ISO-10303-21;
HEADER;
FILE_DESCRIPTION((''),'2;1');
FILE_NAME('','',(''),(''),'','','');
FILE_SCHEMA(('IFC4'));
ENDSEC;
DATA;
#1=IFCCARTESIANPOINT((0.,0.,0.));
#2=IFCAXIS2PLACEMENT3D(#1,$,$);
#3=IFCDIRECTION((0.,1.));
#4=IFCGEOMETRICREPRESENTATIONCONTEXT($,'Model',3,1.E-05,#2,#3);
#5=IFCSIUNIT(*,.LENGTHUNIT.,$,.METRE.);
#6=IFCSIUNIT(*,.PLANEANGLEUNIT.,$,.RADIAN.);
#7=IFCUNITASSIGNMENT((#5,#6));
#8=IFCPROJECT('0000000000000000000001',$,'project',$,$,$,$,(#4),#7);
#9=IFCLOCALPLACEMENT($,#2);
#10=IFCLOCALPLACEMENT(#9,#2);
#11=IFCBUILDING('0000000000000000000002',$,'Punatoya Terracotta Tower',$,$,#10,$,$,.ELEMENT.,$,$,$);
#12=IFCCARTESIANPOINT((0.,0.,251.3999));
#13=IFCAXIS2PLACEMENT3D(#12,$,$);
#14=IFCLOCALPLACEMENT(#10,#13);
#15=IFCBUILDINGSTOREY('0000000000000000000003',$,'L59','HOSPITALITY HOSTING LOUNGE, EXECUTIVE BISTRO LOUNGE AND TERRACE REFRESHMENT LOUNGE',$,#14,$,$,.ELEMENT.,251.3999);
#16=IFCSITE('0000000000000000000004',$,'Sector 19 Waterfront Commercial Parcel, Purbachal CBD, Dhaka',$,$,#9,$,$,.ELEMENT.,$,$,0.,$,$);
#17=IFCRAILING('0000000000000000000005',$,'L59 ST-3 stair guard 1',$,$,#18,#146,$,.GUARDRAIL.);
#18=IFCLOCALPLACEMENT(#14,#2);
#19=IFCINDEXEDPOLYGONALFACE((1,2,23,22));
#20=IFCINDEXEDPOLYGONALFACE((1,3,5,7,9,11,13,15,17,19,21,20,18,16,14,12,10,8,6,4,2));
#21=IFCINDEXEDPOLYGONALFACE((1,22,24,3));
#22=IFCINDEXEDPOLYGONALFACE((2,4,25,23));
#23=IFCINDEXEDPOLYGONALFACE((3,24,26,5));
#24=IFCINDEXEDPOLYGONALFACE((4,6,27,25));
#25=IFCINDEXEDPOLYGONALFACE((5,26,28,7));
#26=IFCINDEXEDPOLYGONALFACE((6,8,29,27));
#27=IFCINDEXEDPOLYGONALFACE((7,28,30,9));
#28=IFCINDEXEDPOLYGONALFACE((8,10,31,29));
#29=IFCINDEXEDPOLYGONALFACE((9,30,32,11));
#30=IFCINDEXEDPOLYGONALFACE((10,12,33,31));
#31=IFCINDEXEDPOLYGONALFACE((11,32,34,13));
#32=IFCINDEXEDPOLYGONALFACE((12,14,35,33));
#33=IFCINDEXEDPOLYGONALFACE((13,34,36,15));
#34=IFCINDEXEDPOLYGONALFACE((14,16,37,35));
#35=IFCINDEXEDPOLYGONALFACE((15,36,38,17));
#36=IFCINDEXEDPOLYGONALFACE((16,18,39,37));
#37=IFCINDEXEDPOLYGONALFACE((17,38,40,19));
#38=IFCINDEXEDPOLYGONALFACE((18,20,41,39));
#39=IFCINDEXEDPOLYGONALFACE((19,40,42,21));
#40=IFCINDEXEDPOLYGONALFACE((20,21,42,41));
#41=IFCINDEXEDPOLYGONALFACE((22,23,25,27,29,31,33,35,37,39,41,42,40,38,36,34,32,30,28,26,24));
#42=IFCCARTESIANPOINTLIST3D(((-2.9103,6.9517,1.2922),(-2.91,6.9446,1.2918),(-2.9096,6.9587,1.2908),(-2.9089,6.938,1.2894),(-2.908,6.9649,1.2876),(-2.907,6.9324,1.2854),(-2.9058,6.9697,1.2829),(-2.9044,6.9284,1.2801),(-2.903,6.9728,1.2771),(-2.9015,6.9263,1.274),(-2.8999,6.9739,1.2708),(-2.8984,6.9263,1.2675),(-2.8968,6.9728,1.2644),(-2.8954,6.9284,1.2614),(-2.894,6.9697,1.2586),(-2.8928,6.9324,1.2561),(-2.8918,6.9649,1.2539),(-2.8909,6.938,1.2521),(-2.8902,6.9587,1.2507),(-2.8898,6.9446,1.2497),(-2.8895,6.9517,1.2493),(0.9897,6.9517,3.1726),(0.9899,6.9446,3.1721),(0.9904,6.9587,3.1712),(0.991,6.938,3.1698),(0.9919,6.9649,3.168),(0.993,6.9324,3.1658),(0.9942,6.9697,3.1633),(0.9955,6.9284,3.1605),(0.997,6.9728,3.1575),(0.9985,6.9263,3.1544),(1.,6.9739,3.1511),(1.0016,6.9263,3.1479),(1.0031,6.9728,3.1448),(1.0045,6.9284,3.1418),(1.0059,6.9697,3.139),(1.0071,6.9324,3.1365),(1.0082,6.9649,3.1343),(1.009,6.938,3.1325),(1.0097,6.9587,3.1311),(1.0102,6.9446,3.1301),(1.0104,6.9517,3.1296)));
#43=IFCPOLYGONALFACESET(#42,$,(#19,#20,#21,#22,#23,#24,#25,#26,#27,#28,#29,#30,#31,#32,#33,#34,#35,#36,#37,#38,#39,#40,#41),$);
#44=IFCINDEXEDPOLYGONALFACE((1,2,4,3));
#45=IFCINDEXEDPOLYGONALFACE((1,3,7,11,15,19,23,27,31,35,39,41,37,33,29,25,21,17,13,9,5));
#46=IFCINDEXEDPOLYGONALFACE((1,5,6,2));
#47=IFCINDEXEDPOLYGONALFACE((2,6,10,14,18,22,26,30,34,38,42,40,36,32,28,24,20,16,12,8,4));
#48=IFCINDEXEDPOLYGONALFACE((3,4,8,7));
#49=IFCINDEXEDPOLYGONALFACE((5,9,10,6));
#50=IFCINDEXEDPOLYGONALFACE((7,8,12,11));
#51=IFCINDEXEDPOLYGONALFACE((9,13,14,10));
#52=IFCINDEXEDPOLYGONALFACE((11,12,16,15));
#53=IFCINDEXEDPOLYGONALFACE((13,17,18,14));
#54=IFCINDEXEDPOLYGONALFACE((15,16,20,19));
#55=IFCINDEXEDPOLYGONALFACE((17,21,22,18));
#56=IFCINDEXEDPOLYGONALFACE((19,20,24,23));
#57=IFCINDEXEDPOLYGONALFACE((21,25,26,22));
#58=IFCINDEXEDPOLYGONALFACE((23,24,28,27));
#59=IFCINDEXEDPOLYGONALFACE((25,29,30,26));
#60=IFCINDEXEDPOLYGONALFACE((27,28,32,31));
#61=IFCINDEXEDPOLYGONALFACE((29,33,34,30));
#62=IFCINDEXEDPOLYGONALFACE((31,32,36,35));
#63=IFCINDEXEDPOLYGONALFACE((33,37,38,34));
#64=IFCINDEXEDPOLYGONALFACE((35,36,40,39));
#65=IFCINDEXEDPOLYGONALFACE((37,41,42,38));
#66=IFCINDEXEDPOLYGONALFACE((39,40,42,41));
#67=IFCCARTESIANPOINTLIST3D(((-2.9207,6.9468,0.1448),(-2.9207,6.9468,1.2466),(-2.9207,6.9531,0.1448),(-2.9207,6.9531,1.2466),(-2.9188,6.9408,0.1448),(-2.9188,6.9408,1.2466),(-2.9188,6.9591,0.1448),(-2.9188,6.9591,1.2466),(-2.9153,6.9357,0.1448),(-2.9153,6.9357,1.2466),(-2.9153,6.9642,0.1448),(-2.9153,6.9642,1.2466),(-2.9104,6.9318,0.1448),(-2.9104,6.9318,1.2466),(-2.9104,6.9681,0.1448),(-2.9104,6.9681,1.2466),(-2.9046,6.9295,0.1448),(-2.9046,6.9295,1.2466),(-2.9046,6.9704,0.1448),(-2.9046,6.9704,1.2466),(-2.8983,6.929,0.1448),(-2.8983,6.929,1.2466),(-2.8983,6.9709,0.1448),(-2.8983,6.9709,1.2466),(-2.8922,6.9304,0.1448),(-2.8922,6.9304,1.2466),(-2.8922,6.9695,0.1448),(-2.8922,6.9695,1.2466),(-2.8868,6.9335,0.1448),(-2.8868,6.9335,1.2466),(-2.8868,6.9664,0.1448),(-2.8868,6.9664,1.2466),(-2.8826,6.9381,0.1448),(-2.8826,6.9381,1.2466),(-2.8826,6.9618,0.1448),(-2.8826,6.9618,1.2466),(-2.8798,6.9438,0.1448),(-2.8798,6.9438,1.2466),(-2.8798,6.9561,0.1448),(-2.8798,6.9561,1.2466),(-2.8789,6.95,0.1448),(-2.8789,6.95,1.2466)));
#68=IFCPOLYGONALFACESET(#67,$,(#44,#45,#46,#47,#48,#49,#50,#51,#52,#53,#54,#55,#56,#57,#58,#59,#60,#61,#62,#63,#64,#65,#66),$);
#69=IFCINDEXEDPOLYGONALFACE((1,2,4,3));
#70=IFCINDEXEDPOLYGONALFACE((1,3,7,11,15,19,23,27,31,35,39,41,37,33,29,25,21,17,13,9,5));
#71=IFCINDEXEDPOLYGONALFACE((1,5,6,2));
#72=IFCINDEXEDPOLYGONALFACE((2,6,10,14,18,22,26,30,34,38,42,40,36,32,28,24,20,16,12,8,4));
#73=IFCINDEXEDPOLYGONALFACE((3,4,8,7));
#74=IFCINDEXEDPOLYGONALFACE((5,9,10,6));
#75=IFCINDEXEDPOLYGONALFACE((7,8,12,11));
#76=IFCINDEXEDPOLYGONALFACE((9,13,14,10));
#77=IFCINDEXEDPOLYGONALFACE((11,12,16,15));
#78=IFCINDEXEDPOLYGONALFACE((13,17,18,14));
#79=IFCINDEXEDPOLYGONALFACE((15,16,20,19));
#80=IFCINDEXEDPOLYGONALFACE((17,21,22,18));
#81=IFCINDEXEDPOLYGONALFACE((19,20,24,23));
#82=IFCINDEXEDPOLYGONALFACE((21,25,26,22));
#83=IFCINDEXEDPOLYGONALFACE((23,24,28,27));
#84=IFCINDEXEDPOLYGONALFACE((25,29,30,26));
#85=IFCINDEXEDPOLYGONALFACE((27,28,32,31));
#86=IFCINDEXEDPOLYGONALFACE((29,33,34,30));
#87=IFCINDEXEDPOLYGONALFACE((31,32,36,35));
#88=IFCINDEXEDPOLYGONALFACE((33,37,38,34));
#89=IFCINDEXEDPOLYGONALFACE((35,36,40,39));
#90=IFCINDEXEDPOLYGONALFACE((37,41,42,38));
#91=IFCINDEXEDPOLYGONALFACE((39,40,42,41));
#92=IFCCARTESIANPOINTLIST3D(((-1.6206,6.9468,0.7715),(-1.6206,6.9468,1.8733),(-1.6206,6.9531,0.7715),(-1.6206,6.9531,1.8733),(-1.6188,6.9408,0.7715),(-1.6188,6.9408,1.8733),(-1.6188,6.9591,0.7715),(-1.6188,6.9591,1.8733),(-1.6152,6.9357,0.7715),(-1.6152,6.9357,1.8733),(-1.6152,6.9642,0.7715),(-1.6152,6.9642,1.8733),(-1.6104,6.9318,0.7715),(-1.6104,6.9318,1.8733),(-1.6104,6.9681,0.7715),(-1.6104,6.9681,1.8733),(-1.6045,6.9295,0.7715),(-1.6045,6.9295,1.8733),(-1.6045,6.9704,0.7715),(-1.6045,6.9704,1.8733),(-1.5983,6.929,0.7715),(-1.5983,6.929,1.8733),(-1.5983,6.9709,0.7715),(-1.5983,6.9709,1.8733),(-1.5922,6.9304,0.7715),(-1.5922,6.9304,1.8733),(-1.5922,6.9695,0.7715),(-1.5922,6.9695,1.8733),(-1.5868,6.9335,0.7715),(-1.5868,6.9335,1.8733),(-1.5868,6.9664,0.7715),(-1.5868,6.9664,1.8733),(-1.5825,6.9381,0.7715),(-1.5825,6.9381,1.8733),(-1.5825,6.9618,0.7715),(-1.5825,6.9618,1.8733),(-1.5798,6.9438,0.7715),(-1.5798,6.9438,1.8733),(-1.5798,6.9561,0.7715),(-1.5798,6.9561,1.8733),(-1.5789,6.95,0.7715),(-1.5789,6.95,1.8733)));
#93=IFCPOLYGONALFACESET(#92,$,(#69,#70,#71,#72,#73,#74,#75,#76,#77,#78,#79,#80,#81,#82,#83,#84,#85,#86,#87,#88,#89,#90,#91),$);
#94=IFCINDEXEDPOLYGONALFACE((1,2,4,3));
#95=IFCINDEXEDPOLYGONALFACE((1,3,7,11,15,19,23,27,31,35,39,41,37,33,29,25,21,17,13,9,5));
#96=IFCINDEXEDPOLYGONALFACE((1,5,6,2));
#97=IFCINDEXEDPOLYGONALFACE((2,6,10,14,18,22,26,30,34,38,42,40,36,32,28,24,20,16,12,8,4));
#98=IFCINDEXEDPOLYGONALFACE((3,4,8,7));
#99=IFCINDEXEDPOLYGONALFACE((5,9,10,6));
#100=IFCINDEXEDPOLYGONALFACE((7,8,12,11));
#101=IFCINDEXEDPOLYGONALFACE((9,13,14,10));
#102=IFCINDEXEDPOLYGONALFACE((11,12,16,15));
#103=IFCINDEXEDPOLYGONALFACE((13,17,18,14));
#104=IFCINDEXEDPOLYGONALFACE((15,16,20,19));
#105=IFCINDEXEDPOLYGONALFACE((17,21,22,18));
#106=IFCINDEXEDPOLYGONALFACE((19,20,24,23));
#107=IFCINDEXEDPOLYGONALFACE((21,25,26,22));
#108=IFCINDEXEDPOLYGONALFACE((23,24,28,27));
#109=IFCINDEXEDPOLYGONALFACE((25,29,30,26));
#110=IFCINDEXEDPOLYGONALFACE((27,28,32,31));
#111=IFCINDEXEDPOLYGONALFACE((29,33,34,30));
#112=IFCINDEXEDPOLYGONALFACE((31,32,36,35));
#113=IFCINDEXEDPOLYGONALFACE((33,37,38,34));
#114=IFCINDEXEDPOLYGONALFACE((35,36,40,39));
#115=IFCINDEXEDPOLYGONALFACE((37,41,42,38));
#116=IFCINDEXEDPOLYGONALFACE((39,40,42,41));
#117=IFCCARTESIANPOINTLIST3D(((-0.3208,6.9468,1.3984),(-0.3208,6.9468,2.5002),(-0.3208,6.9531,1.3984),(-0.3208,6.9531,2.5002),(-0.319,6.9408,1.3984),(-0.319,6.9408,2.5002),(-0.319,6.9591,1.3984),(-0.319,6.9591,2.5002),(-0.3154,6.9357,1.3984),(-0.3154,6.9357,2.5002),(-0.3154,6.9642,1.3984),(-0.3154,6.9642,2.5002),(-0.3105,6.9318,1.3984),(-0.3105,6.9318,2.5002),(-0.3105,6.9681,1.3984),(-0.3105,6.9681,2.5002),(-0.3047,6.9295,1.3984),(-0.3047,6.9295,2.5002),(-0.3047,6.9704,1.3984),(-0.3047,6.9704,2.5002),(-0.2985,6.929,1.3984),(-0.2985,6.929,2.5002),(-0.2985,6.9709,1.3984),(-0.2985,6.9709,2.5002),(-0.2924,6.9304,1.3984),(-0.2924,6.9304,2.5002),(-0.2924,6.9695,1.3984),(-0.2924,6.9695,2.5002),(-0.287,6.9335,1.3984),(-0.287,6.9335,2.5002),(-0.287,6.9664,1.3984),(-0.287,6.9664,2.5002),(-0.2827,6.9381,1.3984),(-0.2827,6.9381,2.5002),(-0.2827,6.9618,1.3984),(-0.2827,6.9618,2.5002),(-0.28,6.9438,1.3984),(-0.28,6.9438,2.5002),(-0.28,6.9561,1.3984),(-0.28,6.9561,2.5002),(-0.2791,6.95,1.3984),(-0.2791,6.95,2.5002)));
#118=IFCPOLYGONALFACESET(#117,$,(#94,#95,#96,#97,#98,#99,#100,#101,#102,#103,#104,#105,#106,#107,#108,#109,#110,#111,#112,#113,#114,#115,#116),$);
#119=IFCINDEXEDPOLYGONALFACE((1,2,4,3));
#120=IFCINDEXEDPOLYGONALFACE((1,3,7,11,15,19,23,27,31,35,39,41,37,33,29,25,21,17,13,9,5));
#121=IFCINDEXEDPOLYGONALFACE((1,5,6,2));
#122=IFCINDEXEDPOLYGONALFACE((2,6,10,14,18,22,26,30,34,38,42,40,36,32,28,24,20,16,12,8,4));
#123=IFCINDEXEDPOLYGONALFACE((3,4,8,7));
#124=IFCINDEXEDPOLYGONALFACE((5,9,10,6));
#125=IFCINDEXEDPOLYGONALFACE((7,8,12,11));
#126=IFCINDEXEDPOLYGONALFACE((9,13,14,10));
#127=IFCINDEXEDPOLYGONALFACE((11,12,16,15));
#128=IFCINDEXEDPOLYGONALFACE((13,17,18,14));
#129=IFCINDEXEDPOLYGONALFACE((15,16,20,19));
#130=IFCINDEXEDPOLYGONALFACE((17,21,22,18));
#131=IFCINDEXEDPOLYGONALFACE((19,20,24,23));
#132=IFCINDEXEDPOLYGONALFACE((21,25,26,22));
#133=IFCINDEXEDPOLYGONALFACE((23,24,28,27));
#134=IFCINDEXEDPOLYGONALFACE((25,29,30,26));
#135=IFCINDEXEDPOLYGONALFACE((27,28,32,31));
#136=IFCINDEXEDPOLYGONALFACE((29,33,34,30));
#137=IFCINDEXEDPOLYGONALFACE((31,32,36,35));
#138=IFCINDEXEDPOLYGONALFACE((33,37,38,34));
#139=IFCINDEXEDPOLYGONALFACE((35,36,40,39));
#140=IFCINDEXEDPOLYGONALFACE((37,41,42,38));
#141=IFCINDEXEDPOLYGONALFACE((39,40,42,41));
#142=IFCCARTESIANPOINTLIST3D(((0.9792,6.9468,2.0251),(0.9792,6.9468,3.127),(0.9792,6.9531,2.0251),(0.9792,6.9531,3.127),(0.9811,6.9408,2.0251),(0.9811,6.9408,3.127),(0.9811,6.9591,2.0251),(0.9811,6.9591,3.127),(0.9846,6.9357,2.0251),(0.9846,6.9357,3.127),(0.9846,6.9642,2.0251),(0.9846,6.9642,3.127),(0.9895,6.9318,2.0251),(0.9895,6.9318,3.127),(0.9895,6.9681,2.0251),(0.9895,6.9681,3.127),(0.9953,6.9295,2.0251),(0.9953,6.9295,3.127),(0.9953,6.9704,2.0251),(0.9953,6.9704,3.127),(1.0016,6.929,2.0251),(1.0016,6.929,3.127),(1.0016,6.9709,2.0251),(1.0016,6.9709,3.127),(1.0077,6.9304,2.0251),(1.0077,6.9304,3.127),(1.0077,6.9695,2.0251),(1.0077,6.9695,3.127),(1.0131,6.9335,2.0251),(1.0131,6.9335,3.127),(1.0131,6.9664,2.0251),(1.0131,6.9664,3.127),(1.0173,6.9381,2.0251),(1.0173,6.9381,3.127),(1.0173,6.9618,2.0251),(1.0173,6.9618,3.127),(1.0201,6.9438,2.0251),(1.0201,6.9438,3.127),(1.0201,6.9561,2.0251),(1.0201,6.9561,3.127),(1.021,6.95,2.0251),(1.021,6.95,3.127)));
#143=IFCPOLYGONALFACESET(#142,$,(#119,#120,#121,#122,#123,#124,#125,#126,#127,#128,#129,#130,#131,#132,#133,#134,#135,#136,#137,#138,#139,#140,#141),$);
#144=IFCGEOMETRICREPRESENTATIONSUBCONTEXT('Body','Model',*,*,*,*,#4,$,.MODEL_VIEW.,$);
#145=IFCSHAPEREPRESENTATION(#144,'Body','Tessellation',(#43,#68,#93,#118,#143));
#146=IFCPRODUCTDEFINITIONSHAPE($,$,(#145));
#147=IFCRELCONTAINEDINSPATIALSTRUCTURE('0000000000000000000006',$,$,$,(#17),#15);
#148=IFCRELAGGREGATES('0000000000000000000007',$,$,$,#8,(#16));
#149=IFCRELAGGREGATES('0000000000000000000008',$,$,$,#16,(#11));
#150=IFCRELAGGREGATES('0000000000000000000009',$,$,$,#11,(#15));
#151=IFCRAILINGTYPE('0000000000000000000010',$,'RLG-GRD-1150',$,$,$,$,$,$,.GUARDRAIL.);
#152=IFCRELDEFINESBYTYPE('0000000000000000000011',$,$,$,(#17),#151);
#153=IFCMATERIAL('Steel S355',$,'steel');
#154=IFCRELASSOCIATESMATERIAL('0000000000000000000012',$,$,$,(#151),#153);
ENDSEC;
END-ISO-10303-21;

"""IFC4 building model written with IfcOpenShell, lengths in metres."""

from ifc_helpers import new_model, si_unit, direction, frame, origin, origin_2d, place, context, subcontext, project, spatial, circle, extrude, material, type_object, element, save


model = new_model("IFC4")

# Units and contexts
model_context = context("Model", 3, precision=1e-05, world=origin(), true_north=direction((0.0, 1.0)))
body_context = subcontext(model_context, "Body", "Model", "MODEL_VIEW")
ifc_project = project(units=[si_unit("LENGTHUNIT", "METRE"), si_unit("PLANEANGLEUNIT", "RADIAN")], contexts=[model_context])

# Site, building, storey
site_placement = place(None, origin())
site = spatial("IfcSite", under=ifc_project, at=site_placement, Name="Sector 19 Waterfront Commercial Parcel, Purbachal CBD, Dhaka", CompositionType="ELEMENT", RefElevation=0.0)
building_placement = place(site_placement, origin())
building = spatial("IfcBuilding", under=site, at=building_placement, Name="Punatoya Terracotta Tower", CompositionType="ELEMENT")
storey_placement = place(building_placement, frame((0.0, 0.0, 251.3999)))
storey = spatial("IfcBuildingStorey", under=building, at=storey_placement, Name="L59", Description="HOSPITALITY HOSTING LOUNGE, EXECUTIVE BISTRO LOUNGE AND TERRACE REFRESHMENT LOUNGE", CompositionType="ELEMENT", Elevation=251.3999)

# Railing
ifc_material_1 = material(Name="Steel S355", Category="steel")
railing_type_1 = type_object("IfcRailingType", Name="RLG-GRD-1150", PredefinedType="GUARDRAIL", material=ifc_material_1)
railing_1_placement = place(storey_placement, frame((-2.8999, 6.95, 0.1448)))
element("IfcRailing", 1, at=railing_1_placement, inside=storey, type_object=railing_type_1, Name="L59 ST-3 stair guard 1", PredefinedType="GUARDRAIL", context=body_context, shape_type="SweptSolid", body=[
    extrude(circle(Radius=0.0239, at=origin_2d()), frame((0.0, 0.0, 1.126), z_axis=(0.900763, 0.0, 0.434311), x_axis=(0.0, 1.0, 0.0)), (0.0, 0.0, 1.0), 4.3296),
    extrude(circle(Radius=0.021, at=origin_2d()), origin(), (0.0, 0.0, 1.0), 1.1018),
    extrude(circle(Radius=0.021, at=origin_2d()), frame((1.3, 0.0, 0.6267)), (0.0, 0.0, 1.0), 1.1018),
    extrude(circle(Radius=0.021, at=origin_2d()), frame((2.5999, 0.0, 1.2537)), (0.0, 0.0, 1.0), 1.1018),
    extrude(circle(Radius=0.021, at=origin_2d()), frame((3.8999, 0.0, 1.8804)), (0.0, 0.0, 1.0), 1.1018),
])

save(model, "model.ifc")
